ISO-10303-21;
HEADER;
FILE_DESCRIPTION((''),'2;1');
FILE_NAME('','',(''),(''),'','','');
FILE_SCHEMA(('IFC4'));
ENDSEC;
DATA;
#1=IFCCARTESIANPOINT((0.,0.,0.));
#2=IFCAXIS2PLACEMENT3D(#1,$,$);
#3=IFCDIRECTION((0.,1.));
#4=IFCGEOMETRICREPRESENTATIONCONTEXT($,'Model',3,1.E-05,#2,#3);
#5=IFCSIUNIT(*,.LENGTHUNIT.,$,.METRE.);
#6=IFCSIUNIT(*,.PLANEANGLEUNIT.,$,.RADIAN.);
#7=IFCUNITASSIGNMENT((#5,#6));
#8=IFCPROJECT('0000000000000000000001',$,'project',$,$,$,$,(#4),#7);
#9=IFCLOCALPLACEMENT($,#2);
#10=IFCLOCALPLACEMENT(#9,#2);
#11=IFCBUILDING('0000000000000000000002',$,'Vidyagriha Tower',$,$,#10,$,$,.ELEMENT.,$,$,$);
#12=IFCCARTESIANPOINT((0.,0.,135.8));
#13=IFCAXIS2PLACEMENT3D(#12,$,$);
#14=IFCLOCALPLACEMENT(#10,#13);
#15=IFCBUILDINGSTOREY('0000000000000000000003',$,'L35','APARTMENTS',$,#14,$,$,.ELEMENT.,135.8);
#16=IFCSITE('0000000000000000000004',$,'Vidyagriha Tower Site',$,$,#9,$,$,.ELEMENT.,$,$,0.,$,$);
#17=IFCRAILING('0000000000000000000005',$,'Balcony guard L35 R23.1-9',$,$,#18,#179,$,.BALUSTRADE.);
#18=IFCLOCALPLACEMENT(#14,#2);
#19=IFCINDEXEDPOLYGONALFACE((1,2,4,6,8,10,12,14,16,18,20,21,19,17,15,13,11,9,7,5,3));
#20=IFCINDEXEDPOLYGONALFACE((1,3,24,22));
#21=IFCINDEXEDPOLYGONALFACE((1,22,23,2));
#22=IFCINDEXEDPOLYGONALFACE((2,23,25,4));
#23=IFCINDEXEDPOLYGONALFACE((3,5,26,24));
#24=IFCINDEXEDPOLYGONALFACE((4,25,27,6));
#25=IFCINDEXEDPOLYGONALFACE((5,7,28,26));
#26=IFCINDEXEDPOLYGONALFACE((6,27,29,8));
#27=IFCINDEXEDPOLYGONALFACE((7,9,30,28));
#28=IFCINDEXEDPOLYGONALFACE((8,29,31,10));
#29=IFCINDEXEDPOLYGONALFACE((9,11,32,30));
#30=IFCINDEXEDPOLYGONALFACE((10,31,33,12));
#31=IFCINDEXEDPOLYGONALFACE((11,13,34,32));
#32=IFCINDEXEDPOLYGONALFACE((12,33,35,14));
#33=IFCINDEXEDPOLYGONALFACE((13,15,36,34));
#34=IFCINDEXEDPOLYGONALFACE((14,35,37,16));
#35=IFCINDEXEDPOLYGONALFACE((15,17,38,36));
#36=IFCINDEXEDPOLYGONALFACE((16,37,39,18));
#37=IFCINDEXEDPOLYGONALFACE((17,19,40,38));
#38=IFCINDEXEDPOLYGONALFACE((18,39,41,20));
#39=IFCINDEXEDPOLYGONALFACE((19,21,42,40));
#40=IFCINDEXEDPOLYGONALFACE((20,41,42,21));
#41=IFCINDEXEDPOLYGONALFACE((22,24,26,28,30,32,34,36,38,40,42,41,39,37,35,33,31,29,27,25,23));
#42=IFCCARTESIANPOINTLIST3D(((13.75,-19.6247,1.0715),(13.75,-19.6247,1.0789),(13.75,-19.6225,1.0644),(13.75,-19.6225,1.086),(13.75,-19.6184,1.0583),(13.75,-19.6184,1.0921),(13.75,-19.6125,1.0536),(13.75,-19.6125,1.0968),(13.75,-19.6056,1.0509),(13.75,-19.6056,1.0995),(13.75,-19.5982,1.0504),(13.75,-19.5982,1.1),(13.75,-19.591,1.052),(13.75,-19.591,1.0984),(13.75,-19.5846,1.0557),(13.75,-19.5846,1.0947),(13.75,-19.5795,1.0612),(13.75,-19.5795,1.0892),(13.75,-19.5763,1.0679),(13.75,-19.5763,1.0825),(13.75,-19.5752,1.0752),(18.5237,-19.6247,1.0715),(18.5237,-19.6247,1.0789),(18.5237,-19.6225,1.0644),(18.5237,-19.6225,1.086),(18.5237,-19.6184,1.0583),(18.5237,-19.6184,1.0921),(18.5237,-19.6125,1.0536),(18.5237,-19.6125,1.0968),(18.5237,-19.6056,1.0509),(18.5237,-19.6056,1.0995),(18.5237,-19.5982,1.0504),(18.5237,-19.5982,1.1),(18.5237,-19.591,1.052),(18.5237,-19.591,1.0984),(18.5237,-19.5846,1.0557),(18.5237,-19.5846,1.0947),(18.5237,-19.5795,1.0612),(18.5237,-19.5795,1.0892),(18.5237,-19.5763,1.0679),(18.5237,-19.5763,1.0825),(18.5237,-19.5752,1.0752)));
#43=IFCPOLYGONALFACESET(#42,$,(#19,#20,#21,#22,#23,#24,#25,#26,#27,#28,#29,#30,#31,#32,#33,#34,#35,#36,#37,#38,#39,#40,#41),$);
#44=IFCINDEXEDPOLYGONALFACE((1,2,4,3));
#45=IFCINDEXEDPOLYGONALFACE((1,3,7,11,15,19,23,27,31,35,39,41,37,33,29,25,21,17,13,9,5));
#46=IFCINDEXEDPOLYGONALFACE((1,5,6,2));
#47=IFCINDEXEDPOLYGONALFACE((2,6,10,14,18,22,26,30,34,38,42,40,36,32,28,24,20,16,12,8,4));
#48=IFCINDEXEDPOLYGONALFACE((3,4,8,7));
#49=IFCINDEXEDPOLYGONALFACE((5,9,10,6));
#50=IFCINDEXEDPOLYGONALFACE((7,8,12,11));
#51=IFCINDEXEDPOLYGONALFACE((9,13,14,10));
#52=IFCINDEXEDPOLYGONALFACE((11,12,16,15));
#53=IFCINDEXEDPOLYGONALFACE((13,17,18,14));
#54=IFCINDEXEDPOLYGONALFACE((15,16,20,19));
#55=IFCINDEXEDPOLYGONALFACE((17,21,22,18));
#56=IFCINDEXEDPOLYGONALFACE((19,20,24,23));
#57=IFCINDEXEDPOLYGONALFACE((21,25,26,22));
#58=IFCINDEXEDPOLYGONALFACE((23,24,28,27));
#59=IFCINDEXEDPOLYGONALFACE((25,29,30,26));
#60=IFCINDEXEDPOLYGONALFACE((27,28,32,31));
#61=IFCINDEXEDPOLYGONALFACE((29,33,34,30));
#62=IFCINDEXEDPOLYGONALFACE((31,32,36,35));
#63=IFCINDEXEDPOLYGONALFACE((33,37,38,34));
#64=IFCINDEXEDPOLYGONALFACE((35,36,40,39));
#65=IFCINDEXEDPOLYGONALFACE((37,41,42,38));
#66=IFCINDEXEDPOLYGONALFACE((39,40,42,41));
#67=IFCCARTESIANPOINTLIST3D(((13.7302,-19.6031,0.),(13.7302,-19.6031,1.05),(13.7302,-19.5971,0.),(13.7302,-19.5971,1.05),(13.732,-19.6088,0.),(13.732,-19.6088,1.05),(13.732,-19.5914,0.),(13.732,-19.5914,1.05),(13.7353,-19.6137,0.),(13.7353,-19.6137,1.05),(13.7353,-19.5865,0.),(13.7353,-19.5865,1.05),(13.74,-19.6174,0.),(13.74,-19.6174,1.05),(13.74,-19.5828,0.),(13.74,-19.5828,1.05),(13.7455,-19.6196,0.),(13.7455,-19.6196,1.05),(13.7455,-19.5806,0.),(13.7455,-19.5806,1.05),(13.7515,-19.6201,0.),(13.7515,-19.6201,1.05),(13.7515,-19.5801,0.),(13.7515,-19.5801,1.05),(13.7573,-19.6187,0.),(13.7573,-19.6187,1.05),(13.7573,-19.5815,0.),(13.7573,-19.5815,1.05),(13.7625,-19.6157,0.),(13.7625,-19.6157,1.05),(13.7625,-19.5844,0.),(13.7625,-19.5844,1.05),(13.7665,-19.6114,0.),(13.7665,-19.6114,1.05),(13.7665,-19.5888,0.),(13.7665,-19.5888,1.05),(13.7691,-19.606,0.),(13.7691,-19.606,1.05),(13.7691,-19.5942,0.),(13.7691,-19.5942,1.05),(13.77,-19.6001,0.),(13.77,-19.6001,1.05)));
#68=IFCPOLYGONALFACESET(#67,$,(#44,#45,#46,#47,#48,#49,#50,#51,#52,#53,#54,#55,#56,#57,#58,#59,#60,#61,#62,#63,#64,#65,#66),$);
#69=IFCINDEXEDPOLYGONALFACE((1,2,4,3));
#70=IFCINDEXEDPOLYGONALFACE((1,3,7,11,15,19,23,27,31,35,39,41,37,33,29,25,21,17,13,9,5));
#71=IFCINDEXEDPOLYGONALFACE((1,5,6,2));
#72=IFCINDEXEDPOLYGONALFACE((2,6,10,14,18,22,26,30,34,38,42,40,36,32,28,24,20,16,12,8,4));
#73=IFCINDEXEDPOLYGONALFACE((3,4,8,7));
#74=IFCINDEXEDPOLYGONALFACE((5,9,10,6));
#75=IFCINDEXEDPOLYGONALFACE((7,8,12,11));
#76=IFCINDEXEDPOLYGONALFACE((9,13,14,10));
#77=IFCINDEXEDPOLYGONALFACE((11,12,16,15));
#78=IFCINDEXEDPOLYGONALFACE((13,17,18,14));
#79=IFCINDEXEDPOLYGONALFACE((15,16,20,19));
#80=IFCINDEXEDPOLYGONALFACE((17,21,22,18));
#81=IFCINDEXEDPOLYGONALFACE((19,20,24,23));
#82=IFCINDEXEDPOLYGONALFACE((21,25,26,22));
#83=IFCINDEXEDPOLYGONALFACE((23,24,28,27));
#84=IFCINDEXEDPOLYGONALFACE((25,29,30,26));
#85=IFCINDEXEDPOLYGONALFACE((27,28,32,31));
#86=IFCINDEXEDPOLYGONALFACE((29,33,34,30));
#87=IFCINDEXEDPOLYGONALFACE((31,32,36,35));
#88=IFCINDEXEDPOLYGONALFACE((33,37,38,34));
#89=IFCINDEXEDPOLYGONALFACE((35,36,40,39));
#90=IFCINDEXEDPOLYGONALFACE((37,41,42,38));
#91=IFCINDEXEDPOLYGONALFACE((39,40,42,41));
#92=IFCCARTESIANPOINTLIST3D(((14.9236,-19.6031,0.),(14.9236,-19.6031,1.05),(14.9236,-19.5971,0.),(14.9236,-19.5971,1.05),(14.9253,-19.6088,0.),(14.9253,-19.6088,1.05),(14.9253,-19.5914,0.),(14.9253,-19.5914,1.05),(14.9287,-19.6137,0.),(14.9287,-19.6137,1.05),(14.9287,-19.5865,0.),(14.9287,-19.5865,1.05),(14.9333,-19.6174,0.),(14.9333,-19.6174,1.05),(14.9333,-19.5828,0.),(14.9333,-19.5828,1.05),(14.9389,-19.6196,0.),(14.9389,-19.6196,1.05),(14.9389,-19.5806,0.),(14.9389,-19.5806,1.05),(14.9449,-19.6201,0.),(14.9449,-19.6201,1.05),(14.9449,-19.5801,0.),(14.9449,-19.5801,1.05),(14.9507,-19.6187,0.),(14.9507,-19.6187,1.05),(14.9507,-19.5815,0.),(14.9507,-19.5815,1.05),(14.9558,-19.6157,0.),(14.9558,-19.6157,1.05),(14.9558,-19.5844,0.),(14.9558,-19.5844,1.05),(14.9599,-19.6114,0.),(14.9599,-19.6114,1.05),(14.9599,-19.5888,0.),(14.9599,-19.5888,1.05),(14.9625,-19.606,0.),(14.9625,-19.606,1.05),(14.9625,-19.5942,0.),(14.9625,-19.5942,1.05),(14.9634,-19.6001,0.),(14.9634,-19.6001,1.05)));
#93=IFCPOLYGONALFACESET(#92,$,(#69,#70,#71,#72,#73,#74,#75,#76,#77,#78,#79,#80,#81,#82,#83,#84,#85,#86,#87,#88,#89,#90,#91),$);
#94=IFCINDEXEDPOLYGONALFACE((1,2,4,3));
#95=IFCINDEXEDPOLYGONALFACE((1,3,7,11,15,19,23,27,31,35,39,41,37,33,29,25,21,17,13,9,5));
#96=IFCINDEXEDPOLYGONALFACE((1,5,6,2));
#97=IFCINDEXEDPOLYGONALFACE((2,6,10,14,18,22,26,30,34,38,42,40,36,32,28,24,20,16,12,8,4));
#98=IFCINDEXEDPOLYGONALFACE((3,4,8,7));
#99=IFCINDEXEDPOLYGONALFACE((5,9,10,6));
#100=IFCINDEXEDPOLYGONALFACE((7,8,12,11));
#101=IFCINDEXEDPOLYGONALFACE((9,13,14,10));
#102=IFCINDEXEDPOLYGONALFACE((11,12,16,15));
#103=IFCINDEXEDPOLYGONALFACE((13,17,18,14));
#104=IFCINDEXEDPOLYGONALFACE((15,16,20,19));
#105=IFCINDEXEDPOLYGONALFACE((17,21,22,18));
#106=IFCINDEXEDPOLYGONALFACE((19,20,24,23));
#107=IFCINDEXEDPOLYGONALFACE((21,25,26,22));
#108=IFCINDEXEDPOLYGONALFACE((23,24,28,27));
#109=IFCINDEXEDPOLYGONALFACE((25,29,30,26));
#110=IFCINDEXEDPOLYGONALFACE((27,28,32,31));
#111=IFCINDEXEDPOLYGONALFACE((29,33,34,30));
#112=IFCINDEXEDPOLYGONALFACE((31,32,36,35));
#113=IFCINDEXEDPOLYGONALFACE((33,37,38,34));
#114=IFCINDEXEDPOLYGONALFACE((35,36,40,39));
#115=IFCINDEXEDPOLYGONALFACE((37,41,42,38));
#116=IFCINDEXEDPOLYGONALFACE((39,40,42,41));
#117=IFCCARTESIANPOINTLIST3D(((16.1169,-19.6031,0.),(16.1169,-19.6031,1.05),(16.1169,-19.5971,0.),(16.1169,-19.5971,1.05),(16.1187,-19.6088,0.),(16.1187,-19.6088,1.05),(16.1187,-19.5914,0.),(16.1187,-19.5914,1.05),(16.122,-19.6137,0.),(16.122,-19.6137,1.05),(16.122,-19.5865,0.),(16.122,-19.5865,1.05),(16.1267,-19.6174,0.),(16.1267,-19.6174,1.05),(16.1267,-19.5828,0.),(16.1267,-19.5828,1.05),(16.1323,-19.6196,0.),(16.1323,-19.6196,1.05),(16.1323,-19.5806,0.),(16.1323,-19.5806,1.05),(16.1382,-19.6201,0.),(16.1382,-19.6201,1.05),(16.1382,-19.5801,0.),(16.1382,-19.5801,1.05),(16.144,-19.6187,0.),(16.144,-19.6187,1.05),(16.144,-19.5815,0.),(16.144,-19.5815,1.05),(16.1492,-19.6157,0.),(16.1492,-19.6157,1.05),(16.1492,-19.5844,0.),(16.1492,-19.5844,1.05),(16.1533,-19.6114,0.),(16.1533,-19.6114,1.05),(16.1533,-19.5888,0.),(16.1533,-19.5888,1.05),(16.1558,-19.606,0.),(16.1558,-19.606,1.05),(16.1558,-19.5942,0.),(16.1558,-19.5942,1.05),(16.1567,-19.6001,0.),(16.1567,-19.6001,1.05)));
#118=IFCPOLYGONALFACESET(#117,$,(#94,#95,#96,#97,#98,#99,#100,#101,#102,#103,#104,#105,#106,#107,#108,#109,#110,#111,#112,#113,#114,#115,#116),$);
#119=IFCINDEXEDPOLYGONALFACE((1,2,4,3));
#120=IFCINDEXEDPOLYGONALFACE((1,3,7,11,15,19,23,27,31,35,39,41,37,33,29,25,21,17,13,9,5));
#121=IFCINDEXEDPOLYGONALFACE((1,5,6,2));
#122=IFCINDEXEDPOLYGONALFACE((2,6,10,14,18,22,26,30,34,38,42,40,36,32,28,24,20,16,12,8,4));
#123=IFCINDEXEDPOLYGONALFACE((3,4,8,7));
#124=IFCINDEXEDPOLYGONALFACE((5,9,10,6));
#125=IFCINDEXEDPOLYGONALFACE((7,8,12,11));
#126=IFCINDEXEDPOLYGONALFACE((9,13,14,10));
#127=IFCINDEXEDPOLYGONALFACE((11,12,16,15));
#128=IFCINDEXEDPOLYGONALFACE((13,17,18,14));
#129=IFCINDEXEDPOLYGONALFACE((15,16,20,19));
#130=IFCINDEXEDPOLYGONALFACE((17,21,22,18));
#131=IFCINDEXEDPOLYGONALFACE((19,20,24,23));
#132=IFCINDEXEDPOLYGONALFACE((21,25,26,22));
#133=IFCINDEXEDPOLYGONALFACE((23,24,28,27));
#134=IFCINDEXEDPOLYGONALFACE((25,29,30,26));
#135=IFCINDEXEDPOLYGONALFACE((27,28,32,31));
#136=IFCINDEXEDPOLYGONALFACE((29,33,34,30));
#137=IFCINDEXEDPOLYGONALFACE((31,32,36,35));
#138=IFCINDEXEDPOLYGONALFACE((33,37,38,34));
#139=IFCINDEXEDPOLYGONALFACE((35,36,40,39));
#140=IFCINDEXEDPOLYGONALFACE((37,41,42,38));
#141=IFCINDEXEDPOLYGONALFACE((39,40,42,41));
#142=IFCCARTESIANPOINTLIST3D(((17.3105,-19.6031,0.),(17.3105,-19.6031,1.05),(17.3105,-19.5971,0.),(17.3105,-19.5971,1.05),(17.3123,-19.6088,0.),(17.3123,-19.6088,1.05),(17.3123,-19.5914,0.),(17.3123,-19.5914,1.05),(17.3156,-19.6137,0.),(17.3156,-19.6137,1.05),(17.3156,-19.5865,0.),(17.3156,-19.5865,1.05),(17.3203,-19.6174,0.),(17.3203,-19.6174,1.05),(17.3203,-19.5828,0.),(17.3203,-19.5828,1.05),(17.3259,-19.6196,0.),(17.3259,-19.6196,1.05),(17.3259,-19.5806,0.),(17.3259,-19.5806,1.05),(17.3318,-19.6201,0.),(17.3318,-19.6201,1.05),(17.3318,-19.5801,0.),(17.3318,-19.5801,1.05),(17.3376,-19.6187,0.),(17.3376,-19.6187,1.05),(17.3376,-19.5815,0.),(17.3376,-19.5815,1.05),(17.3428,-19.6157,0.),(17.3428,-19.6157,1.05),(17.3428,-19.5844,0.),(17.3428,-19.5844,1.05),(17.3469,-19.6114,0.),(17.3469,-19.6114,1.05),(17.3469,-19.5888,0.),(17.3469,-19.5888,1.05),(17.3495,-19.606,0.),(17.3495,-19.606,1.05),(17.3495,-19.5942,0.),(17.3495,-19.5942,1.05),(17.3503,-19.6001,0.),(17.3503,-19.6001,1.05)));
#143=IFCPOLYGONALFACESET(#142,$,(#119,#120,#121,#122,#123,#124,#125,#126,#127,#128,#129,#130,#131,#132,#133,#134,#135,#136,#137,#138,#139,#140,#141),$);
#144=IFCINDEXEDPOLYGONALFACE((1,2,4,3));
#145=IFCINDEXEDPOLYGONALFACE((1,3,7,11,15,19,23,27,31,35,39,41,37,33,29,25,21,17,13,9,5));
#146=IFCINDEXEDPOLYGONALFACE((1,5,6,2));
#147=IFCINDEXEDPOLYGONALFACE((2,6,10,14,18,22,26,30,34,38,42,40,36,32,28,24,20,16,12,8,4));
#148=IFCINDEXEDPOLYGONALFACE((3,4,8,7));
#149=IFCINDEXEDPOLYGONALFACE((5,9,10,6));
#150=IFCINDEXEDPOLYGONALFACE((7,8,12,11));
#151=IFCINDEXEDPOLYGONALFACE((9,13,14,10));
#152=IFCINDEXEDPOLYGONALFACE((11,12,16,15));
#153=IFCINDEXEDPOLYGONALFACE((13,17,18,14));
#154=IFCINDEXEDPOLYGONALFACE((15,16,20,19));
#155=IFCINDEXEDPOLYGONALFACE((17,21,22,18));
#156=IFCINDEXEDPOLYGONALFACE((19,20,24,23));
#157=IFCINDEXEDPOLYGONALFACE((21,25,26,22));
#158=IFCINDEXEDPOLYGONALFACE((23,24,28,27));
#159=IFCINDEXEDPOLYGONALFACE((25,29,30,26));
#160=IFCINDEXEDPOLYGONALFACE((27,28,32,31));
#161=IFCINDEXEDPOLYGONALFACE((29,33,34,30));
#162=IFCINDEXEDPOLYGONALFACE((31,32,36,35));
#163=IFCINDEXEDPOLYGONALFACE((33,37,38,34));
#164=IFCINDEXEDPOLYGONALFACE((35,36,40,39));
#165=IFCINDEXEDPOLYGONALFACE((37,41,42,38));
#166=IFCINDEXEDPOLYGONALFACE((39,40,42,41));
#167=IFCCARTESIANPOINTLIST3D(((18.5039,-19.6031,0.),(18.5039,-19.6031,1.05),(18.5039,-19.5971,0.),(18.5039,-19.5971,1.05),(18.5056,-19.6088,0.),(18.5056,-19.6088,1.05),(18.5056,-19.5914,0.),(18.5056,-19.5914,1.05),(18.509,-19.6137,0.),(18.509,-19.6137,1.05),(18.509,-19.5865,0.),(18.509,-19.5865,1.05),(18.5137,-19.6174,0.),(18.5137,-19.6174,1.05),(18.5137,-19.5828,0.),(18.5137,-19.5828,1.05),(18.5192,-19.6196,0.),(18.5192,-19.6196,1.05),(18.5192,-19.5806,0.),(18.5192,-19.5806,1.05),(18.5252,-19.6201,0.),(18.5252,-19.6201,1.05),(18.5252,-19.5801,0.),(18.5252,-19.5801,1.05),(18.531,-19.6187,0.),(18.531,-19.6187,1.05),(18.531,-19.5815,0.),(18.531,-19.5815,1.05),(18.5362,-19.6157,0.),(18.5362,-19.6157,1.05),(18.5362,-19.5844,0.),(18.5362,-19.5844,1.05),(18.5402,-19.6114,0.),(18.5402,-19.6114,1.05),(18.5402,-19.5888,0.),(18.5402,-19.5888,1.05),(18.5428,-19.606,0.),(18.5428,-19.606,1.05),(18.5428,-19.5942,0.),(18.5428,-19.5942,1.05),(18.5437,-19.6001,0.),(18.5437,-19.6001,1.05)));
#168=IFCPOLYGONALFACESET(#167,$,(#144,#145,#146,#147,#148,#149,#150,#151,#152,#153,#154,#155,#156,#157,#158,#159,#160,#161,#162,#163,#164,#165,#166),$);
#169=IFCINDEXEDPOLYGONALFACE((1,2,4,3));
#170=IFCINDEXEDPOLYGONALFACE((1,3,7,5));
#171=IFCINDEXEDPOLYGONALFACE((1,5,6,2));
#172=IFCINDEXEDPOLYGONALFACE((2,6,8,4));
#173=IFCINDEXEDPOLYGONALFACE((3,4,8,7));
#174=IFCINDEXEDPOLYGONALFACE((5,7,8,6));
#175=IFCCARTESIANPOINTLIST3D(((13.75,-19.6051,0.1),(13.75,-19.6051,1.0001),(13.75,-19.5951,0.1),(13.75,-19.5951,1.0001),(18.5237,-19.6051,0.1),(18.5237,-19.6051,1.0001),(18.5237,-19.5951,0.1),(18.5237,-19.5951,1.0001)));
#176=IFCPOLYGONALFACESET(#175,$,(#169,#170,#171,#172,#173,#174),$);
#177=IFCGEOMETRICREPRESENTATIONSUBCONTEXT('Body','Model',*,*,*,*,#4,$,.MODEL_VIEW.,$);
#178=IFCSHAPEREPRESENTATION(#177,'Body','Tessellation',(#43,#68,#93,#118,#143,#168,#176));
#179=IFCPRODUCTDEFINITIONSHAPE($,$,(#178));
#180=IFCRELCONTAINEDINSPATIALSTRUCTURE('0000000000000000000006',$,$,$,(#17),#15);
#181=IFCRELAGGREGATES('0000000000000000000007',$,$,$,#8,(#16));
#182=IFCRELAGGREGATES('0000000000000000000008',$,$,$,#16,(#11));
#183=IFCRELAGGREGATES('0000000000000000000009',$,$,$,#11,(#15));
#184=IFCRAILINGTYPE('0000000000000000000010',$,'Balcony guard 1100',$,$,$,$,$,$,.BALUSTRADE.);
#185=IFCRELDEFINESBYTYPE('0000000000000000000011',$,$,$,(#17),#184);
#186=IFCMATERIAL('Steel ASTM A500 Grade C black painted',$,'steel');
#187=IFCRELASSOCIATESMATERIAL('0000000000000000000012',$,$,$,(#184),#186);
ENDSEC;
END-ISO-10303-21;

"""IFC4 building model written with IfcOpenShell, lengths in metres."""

from ifc_helpers import new_model, si_unit, direction, frame, origin, origin_2d, place, context, subcontext, project, spatial, rectangle, circle, extrude, material, type_object, element, save


model = new_model("IFC4")

# Units and contexts
model_context = context("Model", 3, precision=1e-05, world=origin(), true_north=direction((0.0, 1.0)))
body_context = subcontext(model_context, "Body", "Model", "MODEL_VIEW")
ifc_project = project(units=[si_unit("LENGTHUNIT", "METRE"), si_unit("PLANEANGLEUNIT", "RADIAN")], contexts=[model_context])

# Site, building, storey
site_placement = place(None, origin())
site = spatial("IfcSite", under=ifc_project, at=site_placement, Name="Vidyagriha Tower Site", CompositionType="ELEMENT", RefElevation=0.0)
building_placement = place(site_placement, origin())
building = spatial("IfcBuilding", under=site, at=building_placement, Name="Vidyagriha Tower", CompositionType="ELEMENT")
storey_placement = place(building_placement, frame((0.0, 0.0, 135.8)))
storey = spatial("IfcBuildingStorey", under=building, at=storey_placement, Name="L35", Description="APARTMENTS", CompositionType="ELEMENT", Elevation=135.8)

# Railing
ifc_material_1 = material(Name="Steel ASTM A500 Grade C black painted", Category="steel")
railing_type = type_object("IfcRailingType", Name="Balcony guard 1100", PredefinedType="BALUSTRADE", material=ifc_material_1)
railing_1_placement = place(storey_placement, frame((13.75, -19.6001, 0.0)))
element("IfcRailing", 1, at=railing_1_placement, inside=storey, type_object=railing_type, Name="Balcony guard L35 R23.1-9", PredefinedType="BALUSTRADE", context=body_context, shape_type="SweptSolid", body=[
    extrude(circle(Radius=0.0249, at=origin_2d()), frame((0.0, 0.0, 1.0752), z_axis=(1.0, 0.0, 0.0), x_axis=(0.0, 1.0, 0.0)), (0.0, 0.0, 1.0), 4.7737),
    extrude(circle(Radius=0.02, at=origin_2d()), origin(), (0.0, 0.0, 1.0), 1.05),
    extrude(circle(Radius=0.02, at=origin_2d()), frame((1.1934, 0.0, 0.0)), (0.0, 0.0, 1.0), 1.05),
    extrude(circle(Radius=0.02, at=origin_2d()), frame((2.3867, 0.0, 0.0)), (0.0, 0.0, 1.0), 1.05),
    extrude(circle(Radius=0.02, at=origin_2d()), frame((3.5803, 0.0, 0.0)), (0.0, 0.0, 1.0), 1.05),
    extrude(circle(Radius=0.02, at=origin_2d()), frame((4.7737, 0.0, 0.0)), (0.0, 0.0, 1.0), 1.05),
    extrude(rectangle(XDim=0.01, YDim=0.9001, at=origin_2d()), frame((0.0, 0.0, 0.55), z_axis=(1.0, 0.0, 0.0), x_axis=(0.0, 1.0, 0.0)), (0.0, 0.0, 1.0), 4.7737),
])

save(model, "model.ifc")
